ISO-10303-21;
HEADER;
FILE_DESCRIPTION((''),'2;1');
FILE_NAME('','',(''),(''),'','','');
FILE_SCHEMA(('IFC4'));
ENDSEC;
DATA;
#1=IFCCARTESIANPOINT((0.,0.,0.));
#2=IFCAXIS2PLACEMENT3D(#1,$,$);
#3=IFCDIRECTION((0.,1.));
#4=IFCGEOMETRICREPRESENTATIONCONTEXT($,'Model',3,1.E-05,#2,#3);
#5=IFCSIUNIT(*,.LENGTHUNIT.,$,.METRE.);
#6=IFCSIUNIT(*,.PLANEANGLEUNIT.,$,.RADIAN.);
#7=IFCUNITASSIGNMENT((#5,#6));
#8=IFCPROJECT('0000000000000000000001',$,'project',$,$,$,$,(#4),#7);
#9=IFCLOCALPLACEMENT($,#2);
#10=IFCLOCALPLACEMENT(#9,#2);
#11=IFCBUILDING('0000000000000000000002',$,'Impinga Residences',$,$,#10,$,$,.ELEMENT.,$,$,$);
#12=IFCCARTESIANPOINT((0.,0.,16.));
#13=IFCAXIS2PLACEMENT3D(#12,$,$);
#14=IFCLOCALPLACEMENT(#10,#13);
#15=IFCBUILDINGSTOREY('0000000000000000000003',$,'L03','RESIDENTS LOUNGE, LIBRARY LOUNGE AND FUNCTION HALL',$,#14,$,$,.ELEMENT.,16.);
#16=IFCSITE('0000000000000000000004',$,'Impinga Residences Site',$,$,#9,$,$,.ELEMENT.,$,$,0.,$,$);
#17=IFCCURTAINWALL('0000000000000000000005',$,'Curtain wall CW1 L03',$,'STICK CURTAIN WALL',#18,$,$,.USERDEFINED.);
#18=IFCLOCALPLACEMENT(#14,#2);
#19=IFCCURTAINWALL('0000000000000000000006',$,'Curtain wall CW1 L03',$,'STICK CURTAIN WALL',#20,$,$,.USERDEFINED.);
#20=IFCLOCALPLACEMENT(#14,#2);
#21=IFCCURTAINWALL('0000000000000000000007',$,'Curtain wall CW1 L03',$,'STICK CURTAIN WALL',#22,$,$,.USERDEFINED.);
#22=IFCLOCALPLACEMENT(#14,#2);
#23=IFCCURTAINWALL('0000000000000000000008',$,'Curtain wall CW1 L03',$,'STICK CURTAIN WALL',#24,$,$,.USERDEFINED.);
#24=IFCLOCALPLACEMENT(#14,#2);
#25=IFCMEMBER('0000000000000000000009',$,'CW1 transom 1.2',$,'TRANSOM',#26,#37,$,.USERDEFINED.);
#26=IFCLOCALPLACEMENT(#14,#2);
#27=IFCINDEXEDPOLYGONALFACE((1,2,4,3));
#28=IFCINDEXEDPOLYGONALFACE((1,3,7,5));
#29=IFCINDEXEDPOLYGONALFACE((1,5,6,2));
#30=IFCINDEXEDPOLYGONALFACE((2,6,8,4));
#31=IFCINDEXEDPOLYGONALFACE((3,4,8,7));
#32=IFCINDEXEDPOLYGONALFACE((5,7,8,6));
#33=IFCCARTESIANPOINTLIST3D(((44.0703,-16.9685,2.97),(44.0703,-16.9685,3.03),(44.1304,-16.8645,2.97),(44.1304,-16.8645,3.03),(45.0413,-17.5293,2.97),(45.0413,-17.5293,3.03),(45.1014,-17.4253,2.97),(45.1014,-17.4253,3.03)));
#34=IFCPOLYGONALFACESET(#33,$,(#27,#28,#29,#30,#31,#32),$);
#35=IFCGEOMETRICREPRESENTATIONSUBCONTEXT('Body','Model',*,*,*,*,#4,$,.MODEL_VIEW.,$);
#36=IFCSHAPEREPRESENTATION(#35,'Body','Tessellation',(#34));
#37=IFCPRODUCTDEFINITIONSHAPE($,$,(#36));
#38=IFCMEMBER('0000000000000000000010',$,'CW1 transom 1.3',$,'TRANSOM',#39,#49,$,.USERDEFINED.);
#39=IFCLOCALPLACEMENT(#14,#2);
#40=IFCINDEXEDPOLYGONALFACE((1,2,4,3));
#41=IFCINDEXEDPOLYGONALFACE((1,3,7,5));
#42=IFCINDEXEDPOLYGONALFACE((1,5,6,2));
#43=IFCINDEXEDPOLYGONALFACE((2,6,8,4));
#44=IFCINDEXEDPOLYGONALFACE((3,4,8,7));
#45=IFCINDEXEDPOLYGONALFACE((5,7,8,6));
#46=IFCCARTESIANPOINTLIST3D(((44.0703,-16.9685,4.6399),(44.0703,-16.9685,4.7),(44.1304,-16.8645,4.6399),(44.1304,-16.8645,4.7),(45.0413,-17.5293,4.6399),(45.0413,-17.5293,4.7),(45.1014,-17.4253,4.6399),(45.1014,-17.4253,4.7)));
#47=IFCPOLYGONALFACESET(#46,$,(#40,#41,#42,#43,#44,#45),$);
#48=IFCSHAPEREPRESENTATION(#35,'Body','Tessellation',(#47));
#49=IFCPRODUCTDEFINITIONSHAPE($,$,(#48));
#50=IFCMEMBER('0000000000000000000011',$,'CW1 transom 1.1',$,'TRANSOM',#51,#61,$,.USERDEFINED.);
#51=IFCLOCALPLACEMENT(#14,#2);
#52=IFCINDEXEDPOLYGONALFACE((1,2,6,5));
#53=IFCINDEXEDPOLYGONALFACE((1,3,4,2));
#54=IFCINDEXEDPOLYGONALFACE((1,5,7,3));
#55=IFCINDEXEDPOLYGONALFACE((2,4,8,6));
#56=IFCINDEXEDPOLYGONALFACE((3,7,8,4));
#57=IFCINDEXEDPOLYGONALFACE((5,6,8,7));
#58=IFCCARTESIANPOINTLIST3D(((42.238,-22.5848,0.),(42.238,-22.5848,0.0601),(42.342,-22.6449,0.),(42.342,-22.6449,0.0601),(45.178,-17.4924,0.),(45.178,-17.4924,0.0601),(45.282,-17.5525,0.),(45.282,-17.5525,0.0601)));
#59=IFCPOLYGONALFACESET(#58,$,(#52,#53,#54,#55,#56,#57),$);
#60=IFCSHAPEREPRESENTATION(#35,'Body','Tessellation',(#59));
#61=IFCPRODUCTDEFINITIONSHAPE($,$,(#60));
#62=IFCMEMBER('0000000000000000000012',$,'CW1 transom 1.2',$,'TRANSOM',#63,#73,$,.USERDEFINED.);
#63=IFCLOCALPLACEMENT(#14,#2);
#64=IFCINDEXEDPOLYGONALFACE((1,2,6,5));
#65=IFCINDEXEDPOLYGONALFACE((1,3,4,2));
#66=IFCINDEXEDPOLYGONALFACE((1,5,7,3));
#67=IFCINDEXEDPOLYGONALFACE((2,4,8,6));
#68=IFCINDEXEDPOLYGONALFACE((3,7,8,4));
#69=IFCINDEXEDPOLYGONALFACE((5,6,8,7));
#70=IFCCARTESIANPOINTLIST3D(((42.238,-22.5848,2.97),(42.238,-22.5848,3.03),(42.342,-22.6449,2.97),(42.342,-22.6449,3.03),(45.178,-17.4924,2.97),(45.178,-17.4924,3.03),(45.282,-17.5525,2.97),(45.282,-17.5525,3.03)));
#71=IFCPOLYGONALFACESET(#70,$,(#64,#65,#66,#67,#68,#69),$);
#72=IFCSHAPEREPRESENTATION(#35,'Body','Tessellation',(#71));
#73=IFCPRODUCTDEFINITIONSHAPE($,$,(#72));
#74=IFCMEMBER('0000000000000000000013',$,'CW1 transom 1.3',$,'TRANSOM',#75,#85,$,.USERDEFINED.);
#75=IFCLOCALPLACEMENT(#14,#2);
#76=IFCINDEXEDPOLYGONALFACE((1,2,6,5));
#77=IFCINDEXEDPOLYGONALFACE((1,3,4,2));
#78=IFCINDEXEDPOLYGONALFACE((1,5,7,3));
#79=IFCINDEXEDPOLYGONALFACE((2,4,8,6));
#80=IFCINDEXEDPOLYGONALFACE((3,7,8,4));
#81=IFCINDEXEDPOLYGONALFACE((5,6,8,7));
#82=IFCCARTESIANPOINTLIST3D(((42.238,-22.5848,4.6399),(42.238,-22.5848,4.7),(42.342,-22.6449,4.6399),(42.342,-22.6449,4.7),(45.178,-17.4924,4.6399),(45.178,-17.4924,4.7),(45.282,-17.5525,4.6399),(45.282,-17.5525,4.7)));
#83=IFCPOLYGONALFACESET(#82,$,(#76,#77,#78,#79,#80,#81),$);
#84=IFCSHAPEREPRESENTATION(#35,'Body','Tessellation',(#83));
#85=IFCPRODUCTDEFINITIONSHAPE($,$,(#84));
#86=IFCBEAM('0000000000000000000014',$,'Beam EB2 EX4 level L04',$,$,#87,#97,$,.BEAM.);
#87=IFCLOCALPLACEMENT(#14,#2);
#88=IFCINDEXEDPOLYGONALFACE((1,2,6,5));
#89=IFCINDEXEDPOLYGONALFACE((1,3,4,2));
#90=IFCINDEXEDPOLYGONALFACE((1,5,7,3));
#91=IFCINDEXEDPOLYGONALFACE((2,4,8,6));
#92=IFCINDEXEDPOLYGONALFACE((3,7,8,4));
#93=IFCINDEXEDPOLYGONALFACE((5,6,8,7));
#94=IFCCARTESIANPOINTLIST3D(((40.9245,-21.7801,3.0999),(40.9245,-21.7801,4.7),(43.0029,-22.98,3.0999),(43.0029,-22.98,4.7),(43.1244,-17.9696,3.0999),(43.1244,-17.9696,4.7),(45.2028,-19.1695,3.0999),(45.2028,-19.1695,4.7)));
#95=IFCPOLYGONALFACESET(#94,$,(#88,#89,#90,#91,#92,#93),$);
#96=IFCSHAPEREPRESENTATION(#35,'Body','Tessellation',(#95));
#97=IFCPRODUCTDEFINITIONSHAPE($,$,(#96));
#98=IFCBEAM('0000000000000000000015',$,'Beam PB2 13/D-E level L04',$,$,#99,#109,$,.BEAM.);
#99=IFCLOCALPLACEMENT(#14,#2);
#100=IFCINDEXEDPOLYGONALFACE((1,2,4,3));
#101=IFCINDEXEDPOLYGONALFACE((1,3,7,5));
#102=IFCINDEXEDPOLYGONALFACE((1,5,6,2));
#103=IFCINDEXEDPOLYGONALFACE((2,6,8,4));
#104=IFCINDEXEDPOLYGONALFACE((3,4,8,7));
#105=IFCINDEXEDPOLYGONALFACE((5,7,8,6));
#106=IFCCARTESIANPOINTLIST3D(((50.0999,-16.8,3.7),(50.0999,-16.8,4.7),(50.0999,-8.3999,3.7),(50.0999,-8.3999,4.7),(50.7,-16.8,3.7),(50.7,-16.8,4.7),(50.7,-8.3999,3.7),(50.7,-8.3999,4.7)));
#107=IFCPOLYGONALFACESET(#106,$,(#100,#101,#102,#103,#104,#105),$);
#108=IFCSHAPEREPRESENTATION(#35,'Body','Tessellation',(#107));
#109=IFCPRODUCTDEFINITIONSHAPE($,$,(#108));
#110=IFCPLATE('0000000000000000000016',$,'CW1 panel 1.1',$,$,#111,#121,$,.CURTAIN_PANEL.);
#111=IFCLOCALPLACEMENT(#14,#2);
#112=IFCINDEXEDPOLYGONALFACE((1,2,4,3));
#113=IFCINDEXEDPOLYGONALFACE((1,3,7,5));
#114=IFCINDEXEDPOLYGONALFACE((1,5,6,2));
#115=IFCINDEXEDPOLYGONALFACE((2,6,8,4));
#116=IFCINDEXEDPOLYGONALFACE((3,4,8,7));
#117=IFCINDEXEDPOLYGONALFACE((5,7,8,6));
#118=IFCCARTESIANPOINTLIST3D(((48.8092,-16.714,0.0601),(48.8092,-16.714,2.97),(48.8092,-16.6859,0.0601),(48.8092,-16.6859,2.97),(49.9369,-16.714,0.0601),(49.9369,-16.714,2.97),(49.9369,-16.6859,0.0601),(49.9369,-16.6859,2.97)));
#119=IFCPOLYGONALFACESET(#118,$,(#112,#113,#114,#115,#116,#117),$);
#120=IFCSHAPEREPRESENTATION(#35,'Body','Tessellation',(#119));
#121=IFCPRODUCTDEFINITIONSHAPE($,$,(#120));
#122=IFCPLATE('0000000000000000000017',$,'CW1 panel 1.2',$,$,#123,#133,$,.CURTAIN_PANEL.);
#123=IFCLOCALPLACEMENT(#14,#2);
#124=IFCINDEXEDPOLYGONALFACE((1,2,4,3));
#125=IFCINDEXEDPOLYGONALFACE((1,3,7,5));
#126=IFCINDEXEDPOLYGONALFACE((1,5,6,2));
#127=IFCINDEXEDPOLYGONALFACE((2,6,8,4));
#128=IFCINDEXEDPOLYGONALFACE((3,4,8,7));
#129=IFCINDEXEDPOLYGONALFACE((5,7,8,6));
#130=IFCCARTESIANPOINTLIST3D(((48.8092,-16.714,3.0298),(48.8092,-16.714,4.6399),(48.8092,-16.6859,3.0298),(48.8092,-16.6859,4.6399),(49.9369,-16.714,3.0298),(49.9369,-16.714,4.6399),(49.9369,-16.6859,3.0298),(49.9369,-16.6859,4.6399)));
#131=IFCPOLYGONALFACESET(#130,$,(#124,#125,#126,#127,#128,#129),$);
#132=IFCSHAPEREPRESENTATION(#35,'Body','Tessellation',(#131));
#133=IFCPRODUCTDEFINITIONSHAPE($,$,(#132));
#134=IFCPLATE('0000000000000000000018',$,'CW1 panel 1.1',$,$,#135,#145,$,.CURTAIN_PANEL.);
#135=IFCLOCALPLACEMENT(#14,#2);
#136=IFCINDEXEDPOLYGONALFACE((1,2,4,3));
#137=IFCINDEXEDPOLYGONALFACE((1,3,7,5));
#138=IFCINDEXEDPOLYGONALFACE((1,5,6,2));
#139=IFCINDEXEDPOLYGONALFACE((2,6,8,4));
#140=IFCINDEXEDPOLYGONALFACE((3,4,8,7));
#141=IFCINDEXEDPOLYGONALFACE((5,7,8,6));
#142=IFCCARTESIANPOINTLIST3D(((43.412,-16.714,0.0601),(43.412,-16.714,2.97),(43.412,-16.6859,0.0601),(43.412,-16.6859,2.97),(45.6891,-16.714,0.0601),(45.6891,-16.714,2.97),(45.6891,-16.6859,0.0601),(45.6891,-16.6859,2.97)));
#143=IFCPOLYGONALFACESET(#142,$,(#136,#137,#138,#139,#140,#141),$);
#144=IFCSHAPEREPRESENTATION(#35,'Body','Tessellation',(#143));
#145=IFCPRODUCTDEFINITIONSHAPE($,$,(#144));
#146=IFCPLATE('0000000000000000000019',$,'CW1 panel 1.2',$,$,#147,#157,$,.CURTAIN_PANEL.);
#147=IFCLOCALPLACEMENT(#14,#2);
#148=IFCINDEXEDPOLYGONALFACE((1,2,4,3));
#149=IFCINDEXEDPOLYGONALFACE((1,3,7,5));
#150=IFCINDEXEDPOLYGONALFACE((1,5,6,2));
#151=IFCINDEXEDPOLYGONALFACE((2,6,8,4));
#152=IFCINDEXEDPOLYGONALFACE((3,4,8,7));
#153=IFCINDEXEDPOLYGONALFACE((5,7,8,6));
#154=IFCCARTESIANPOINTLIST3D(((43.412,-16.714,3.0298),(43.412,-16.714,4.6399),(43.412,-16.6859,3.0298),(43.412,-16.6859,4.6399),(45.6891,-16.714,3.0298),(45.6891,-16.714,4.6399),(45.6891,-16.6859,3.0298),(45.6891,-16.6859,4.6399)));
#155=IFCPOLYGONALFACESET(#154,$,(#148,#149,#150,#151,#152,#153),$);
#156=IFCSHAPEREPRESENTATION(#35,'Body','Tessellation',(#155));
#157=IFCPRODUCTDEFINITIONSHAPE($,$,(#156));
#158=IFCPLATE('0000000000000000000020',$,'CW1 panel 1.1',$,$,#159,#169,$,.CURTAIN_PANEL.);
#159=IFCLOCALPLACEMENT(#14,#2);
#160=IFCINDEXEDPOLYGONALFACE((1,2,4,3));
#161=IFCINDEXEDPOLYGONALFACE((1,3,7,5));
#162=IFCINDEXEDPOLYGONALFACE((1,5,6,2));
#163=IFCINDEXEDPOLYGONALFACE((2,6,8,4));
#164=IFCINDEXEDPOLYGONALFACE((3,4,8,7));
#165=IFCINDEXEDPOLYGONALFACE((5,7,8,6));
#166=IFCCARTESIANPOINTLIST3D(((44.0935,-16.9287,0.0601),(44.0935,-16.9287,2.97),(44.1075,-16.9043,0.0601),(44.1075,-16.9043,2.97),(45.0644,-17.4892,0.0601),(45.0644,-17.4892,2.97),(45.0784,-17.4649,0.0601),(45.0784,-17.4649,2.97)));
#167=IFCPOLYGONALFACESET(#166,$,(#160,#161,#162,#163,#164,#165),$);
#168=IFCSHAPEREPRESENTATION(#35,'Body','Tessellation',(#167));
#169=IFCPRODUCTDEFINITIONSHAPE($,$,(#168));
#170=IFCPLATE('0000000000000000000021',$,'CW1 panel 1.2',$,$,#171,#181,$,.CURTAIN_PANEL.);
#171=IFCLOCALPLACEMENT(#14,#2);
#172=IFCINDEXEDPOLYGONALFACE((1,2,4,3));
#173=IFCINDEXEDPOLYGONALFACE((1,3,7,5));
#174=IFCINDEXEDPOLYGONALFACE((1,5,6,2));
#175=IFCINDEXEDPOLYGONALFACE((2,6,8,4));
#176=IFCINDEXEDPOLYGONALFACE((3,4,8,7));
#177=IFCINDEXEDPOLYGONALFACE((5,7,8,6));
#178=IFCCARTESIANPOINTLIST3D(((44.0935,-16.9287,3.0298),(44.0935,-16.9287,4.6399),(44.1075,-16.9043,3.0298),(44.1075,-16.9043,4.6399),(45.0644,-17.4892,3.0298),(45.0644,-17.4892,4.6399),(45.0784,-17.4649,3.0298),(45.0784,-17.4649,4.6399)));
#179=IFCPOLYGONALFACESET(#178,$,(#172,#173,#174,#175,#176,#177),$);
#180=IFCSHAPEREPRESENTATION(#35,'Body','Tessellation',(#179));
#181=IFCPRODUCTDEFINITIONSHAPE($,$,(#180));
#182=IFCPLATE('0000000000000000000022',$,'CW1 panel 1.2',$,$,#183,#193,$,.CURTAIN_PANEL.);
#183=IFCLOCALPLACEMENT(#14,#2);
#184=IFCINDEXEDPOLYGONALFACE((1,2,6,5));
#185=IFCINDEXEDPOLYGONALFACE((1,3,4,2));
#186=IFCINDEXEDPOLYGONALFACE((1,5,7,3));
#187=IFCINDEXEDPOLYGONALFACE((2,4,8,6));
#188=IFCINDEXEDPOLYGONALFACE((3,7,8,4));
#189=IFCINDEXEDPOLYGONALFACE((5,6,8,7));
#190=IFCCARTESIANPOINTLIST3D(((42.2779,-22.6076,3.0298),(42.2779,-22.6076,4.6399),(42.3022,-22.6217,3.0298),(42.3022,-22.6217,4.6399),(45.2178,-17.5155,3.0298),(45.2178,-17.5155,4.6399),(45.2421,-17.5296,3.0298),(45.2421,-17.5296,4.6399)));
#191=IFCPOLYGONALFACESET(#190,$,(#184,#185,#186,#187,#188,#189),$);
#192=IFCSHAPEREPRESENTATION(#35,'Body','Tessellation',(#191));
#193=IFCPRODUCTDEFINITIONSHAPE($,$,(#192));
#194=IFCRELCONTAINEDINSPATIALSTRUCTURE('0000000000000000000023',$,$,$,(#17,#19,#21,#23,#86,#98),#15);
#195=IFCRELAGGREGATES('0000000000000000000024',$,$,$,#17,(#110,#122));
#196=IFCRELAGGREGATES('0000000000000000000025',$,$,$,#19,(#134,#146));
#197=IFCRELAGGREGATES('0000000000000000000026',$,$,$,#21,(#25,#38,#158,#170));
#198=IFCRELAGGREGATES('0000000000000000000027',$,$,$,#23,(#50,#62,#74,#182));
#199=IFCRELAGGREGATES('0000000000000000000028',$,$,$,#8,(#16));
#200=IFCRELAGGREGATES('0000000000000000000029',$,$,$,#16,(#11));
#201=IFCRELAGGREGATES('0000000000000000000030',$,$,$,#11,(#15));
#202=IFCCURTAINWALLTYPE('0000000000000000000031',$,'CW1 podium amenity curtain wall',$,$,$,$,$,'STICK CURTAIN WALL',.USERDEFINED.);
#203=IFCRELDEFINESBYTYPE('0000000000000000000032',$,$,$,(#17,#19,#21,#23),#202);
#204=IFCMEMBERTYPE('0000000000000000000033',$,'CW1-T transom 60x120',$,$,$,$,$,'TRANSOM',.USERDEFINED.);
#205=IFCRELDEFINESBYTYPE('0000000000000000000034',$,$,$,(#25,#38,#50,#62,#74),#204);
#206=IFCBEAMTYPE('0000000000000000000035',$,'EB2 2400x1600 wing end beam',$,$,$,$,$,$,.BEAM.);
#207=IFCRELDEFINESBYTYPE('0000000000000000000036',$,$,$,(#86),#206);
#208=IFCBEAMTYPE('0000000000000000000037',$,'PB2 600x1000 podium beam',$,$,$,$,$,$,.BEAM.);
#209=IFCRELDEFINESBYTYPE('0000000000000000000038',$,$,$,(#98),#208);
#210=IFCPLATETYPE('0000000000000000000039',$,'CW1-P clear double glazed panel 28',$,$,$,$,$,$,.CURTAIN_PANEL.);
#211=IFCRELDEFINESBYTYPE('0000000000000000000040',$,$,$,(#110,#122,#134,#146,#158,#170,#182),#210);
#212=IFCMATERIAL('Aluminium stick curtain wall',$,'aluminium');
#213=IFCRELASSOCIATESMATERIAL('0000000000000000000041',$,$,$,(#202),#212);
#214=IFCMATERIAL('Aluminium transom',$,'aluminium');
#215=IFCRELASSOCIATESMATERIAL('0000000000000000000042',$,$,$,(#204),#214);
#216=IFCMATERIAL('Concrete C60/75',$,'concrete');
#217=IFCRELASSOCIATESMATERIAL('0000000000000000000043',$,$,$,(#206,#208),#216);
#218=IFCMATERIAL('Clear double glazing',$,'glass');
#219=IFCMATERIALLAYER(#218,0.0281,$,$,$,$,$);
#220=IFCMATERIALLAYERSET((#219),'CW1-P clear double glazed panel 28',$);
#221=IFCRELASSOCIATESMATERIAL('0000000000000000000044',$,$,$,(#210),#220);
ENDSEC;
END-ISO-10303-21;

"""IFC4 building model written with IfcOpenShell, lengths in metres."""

from ifc_helpers import new_model, si_unit, direction, frame, origin, origin_2d, place, context, subcontext, project, spatial, rectangle, extrude, material, layer, layer_set, material_profile, profile_set, type_object, element, aggregate, save


model = new_model("IFC4")

# Units and contexts
model_context = context("Model", 3, precision=1e-05, world=origin(), true_north=direction((0.0, 1.0)))
body_context = subcontext(model_context, "Body", "Model", "MODEL_VIEW")
ifc_project = project(units=[si_unit("LENGTHUNIT", "METRE"), si_unit("PLANEANGLEUNIT", "RADIAN")], contexts=[model_context])

# Site, building, storey
site_placement = place(None, origin())
site = spatial("IfcSite", under=ifc_project, at=site_placement, Name="Impinga Residences Site", CompositionType="ELEMENT", RefElevation=0.0)
building_placement = place(site_placement, origin())
building = spatial("IfcBuilding", under=site, at=building_placement, Name="Impinga Residences", CompositionType="ELEMENT")
storey_placement = place(building_placement, frame((0.0, 0.0, 16.0)))
storey = spatial("IfcBuildingStorey", under=building, at=storey_placement, Name="L03", Description="RESIDENTS LOUNGE, LIBRARY LOUNGE AND FUNCTION HALL", CompositionType="ELEMENT", Elevation=16.0)

# Curtain wall
ifc_material_1 = material(Name="Aluminium stick curtain wall", Category="aluminium")
curtain_wall_type = type_object("IfcCurtainWallType", Name="CW1 podium amenity curtain wall", ElementType="STICK CURTAIN WALL", PredefinedType="USERDEFINED", material=ifc_material_1)
curtain_wall_1_placement = place(storey_placement, origin())
curtain_wall_1 = element("IfcCurtainWall", 1, at=curtain_wall_1_placement, inside=storey, type_object=curtain_wall_type, Name="Curtain wall CW1 L03", ObjectType="STICK CURTAIN WALL", PredefinedType="USERDEFINED")

# Curtain wall
curtain_wall_2_placement = place(storey_placement, origin())
curtain_wall_2 = element("IfcCurtainWall", 2, at=curtain_wall_2_placement, inside=storey, type_object=curtain_wall_type, Name="Curtain wall CW1 L03", ObjectType="STICK CURTAIN WALL", PredefinedType="USERDEFINED")

# Curtain wall
curtain_wall_3_placement = place(storey_placement, origin())
curtain_wall_3 = element("IfcCurtainWall", 3, at=curtain_wall_3_placement, inside=storey, type_object=curtain_wall_type, Name="Curtain wall CW1 L03", ObjectType="STICK CURTAIN WALL", PredefinedType="USERDEFINED")

# Curtain wall
curtain_wall_4_placement = place(storey_placement, origin())
curtain_wall_4 = element("IfcCurtainWall", 4, at=curtain_wall_4_placement, inside=storey, type_object=curtain_wall_type, Name="Curtain wall CW1 L03", ObjectType="STICK CURTAIN WALL", PredefinedType="USERDEFINED")

# Members
ifc_material_2 = material(Name="Aluminium transom", Category="aluminium")
ifc_material_profile_1 = material_profile(ifc_material_2, rectangle(XDim=0.0601, YDim=0.1201, at=origin_2d()), Name="60x120 transom")
ifc_profile_set_1 = profile_set([ifc_material_profile_1], Name="Aluminium transom")
member_type_1 = type_object("IfcMemberType", Name="CW1-T transom 60x120", ElementType="TRANSOM", PredefinedType="USERDEFINED", material=ifc_profile_set_1)
member_1_placement = place(storey_placement, frame((44.1003, -16.9165, 3.0), z_axis=(0.865943, -0.500143, 0.0), x_axis=(0.0, 0.0, 1.0)))
member_1 = element("IfcMember", 5, at=member_1_placement, type_object=member_type_1, Name="CW1 transom 1.2", ObjectType="TRANSOM", PredefinedType="USERDEFINED", context=body_context, shape_type="SweptSolid", body=[
    extrude(rectangle(XDim=0.0601, YDim=0.1201, at=origin_2d()), origin(), (0.0, 0.0, 1.0), 1.1213),
])
member_2_placement = place(storey_placement, frame((44.1003, -16.9165, 4.6699), z_axis=(0.865943, -0.500143, 0.0), x_axis=(0.0, 0.0, 1.0)))
member_2 = element("IfcMember", 6, at=member_2_placement, type_object=member_type_1, Name="CW1 transom 1.3", ObjectType="TRANSOM", PredefinedType="USERDEFINED", context=body_context, shape_type="SweptSolid", body=[
    extrude(rectangle(XDim=0.0601, YDim=0.1201, at=origin_2d()), origin(), (0.0, 0.0, 1.0), 1.1213),
])
member_3_placement = place(storey_placement, frame((45.23, -17.5225, 0.03), z_axis=(-0.499988, -0.866032, 0.0), x_axis=(0.0, 0.0, 1.0)))
member_3 = element("IfcMember", 7, at=member_3_placement, type_object=member_type_1, Name="CW1 transom 1.1", ObjectType="TRANSOM", PredefinedType="USERDEFINED", context=body_context, shape_type="SweptSolid", body=[
    extrude(rectangle(XDim=0.0601, YDim=0.1201, at=origin_2d()), origin(), (0.0, 0.0, 1.0), 5.8801),
])
member_4_placement = place(storey_placement, frame((45.23, -17.5225, 3.0), z_axis=(-0.499988, -0.866032, 0.0), x_axis=(0.0, 0.0, 1.0)))
member_4 = element("IfcMember", 8, at=member_4_placement, type_object=member_type_1, Name="CW1 transom 1.2", ObjectType="TRANSOM", PredefinedType="USERDEFINED", context=body_context, shape_type="SweptSolid", body=[
    extrude(rectangle(XDim=0.0601, YDim=0.1201, at=origin_2d()), origin(), (0.0, 0.0, 1.0), 5.8801),
])
member_5_placement = place(storey_placement, frame((45.23, -17.5225, 4.6699), z_axis=(-0.499988, -0.866032, 0.0), x_axis=(0.0, 0.0, 1.0)))
member_5 = element("IfcMember", 9, at=member_5_placement, type_object=member_type_1, Name="CW1 transom 1.3", ObjectType="TRANSOM", PredefinedType="USERDEFINED", context=body_context, shape_type="SweptSolid", body=[
    extrude(rectangle(XDim=0.0601, YDim=0.1201, at=origin_2d()), origin(), (0.0, 0.0, 1.0), 5.8801),
])

# Beams
ifc_material_3 = material(Name="Concrete C60/75", Category="concrete")
ifc_material_profile_2 = material_profile(ifc_material_3, rectangle(XDim=2.3999, YDim=1.6001, at=origin_2d()), Name="RC 2400x1600")
ifc_profile_set_2 = profile_set([ifc_material_profile_2], Name="Concrete C60/75")
beam_type_1 = type_object("IfcBeamType", Name="EB2 2400x1600 wing end beam", PredefinedType="BEAM", material=ifc_profile_set_2)
beam_1_placement = place(storey_placement, frame((44.1636, -18.5696, 3.8999), z_axis=(-0.499988, -0.866032, 0.0), x_axis=(0.866032, -0.499988, 0.0)))
element("IfcBeam", 10, at=beam_1_placement, inside=storey, type_object=beam_type_1, Name="Beam EB2 EX4 level L04", PredefinedType="BEAM", context=body_context, shape_type="SweptSolid", body=[
    extrude(rectangle(XDim=2.3999, YDim=1.6001, at=origin_2d()), origin(), (0.0, 0.0, 1.0), 4.3999),
])
ifc_material_profile_3 = material_profile(ifc_material_3, rectangle(XDim=0.6001, YDim=1.0, at=origin_2d()), Name="RC 600x1000")
ifc_profile_set_3 = profile_set([ifc_material_profile_3], Name="Concrete C60/75")
beam_type_2 = type_object("IfcBeamType", Name="PB2 600x1000 podium beam", PredefinedType="BEAM", material=ifc_profile_set_3)
beam_2_placement = place(storey_placement, frame((50.3999, -16.8, 4.2), z_axis=(0.0, 1.0, 0.0), x_axis=(-1.0, 0.0, 0.0)))
element("IfcBeam", 11, at=beam_2_placement, inside=storey, type_object=beam_type_2, Name="Beam PB2 13/D-E level L04", PredefinedType="BEAM", context=body_context, shape_type="SweptSolid", body=[
    extrude(rectangle(XDim=0.6001, YDim=1.0, at=origin_2d()), origin(), (0.0, 0.0, 1.0), 8.4001),
])

# Plates
ifc_material_4 = material(Name="Clear double glazing", Category="glass")
ifc_layer_1 = layer(ifc_material_4, 0.0281)
ifc_layer_set_1 = layer_set([ifc_layer_1], Name="CW1-P clear double glazed panel 28")
plate_type = type_object("IfcPlateType", Name="CW1-P clear double glazed panel 28", PredefinedType="CURTAIN_PANEL", material=ifc_layer_set_1)
plate_1_placement = place(storey_placement, frame((49.373, -16.7, 0.0601), z_axis=(0.0, 0.0, 1.0), x_axis=(-1.0, 0.0, 0.0)))
plate_1 = element("IfcPlate", 12, at=plate_1_placement, type_object=plate_type, Name="CW1 panel 1.1", PredefinedType="CURTAIN_PANEL", context=body_context, shape_type="SweptSolid", body=[
    extrude(rectangle(XDim=1.1277, YDim=0.0281, at=origin_2d()), origin(), (0.0, 0.0, 1.0), 2.9099),
])
plate_2_placement = place(storey_placement, frame((49.373, -16.7, 3.0298), z_axis=(0.0, 0.0, 1.0), x_axis=(-1.0, 0.0, 0.0)))
plate_2 = element("IfcPlate", 13, at=plate_2_placement, type_object=plate_type, Name="CW1 panel 1.2", PredefinedType="CURTAIN_PANEL", context=body_context, shape_type="SweptSolid", body=[
    extrude(rectangle(XDim=1.1277, YDim=0.0281, at=origin_2d()), origin(), (0.0, 0.0, 1.0), 1.6101),
])
aggregate(curtain_wall_1, [plate_1, plate_2])
plate_3_placement = place(storey_placement, frame((44.5505, -16.7, 0.0601), z_axis=(0.0, 0.0, 1.0), x_axis=(-1.0, 0.0, 0.0)))
plate_3 = element("IfcPlate", 14, at=plate_3_placement, type_object=plate_type, Name="CW1 panel 1.1", PredefinedType="CURTAIN_PANEL", context=body_context, shape_type="SweptSolid", body=[
    extrude(rectangle(XDim=2.2771, YDim=0.0281, at=origin_2d()), origin(), (0.0, 0.0, 1.0), 2.9099),
])
plate_4_placement = place(storey_placement, frame((44.5505, -16.7, 3.0298), z_axis=(0.0, 0.0, 1.0), x_axis=(-1.0, 0.0, 0.0)))
plate_4 = element("IfcPlate", 15, at=plate_4_placement, type_object=plate_type, Name="CW1 panel 1.2", PredefinedType="CURTAIN_PANEL", context=body_context, shape_type="SweptSolid", body=[
    extrude(rectangle(XDim=2.2771, YDim=0.0281, at=origin_2d()), origin(), (0.0, 0.0, 1.0), 1.6101),
])
aggregate(curtain_wall_2, [plate_3, plate_4])
plate_5_placement = place(storey_placement, frame((44.5859, -17.1968, 0.0601), z_axis=(0.0, 0.0, 1.0), x_axis=(0.866025, -0.5, 0.0)))
plate_5 = element("IfcPlate", 16, at=plate_5_placement, type_object=plate_type, Name="CW1 panel 1.1", PredefinedType="CURTAIN_PANEL", context=body_context, shape_type="SweptSolid", body=[
    extrude(rectangle(XDim=1.1211, YDim=0.0281, at=origin_2d()), origin(), (0.0, 0.0, 1.0), 2.9099),
])
plate_6_placement = place(storey_placement, frame((44.5859, -17.1968, 3.0298), z_axis=(0.0, 0.0, 1.0), x_axis=(0.866025, -0.5, 0.0)))
plate_6 = element("IfcPlate", 17, at=plate_6_placement, type_object=plate_type, Name="CW1 panel 1.2", PredefinedType="CURTAIN_PANEL", context=body_context, shape_type="SweptSolid", body=[
    extrude(rectangle(XDim=1.1211, YDim=0.0281, at=origin_2d()), origin(), (0.0, 0.0, 1.0), 1.6101),
])
aggregate(curtain_wall_3, [member_1, member_2, plate_5, plate_6])
plate_7_placement = place(storey_placement, frame((43.76, -20.0686, 3.0298), z_axis=(0.0, 0.0, 1.0), x_axis=(-0.5, -0.866025, 0.0)))
plate_7 = element("IfcPlate", 18, at=plate_7_placement, type_object=plate_type, Name="CW1 panel 1.2", PredefinedType="CURTAIN_PANEL", context=body_context, shape_type="SweptSolid", body=[
    extrude(rectangle(XDim=5.8799, YDim=0.0281, at=origin_2d()), origin(), (0.0, 0.0, 1.0), 1.6101),
])
aggregate(curtain_wall_4, [member_3, member_4, member_5, plate_7])

save(model, "model.ifc")
